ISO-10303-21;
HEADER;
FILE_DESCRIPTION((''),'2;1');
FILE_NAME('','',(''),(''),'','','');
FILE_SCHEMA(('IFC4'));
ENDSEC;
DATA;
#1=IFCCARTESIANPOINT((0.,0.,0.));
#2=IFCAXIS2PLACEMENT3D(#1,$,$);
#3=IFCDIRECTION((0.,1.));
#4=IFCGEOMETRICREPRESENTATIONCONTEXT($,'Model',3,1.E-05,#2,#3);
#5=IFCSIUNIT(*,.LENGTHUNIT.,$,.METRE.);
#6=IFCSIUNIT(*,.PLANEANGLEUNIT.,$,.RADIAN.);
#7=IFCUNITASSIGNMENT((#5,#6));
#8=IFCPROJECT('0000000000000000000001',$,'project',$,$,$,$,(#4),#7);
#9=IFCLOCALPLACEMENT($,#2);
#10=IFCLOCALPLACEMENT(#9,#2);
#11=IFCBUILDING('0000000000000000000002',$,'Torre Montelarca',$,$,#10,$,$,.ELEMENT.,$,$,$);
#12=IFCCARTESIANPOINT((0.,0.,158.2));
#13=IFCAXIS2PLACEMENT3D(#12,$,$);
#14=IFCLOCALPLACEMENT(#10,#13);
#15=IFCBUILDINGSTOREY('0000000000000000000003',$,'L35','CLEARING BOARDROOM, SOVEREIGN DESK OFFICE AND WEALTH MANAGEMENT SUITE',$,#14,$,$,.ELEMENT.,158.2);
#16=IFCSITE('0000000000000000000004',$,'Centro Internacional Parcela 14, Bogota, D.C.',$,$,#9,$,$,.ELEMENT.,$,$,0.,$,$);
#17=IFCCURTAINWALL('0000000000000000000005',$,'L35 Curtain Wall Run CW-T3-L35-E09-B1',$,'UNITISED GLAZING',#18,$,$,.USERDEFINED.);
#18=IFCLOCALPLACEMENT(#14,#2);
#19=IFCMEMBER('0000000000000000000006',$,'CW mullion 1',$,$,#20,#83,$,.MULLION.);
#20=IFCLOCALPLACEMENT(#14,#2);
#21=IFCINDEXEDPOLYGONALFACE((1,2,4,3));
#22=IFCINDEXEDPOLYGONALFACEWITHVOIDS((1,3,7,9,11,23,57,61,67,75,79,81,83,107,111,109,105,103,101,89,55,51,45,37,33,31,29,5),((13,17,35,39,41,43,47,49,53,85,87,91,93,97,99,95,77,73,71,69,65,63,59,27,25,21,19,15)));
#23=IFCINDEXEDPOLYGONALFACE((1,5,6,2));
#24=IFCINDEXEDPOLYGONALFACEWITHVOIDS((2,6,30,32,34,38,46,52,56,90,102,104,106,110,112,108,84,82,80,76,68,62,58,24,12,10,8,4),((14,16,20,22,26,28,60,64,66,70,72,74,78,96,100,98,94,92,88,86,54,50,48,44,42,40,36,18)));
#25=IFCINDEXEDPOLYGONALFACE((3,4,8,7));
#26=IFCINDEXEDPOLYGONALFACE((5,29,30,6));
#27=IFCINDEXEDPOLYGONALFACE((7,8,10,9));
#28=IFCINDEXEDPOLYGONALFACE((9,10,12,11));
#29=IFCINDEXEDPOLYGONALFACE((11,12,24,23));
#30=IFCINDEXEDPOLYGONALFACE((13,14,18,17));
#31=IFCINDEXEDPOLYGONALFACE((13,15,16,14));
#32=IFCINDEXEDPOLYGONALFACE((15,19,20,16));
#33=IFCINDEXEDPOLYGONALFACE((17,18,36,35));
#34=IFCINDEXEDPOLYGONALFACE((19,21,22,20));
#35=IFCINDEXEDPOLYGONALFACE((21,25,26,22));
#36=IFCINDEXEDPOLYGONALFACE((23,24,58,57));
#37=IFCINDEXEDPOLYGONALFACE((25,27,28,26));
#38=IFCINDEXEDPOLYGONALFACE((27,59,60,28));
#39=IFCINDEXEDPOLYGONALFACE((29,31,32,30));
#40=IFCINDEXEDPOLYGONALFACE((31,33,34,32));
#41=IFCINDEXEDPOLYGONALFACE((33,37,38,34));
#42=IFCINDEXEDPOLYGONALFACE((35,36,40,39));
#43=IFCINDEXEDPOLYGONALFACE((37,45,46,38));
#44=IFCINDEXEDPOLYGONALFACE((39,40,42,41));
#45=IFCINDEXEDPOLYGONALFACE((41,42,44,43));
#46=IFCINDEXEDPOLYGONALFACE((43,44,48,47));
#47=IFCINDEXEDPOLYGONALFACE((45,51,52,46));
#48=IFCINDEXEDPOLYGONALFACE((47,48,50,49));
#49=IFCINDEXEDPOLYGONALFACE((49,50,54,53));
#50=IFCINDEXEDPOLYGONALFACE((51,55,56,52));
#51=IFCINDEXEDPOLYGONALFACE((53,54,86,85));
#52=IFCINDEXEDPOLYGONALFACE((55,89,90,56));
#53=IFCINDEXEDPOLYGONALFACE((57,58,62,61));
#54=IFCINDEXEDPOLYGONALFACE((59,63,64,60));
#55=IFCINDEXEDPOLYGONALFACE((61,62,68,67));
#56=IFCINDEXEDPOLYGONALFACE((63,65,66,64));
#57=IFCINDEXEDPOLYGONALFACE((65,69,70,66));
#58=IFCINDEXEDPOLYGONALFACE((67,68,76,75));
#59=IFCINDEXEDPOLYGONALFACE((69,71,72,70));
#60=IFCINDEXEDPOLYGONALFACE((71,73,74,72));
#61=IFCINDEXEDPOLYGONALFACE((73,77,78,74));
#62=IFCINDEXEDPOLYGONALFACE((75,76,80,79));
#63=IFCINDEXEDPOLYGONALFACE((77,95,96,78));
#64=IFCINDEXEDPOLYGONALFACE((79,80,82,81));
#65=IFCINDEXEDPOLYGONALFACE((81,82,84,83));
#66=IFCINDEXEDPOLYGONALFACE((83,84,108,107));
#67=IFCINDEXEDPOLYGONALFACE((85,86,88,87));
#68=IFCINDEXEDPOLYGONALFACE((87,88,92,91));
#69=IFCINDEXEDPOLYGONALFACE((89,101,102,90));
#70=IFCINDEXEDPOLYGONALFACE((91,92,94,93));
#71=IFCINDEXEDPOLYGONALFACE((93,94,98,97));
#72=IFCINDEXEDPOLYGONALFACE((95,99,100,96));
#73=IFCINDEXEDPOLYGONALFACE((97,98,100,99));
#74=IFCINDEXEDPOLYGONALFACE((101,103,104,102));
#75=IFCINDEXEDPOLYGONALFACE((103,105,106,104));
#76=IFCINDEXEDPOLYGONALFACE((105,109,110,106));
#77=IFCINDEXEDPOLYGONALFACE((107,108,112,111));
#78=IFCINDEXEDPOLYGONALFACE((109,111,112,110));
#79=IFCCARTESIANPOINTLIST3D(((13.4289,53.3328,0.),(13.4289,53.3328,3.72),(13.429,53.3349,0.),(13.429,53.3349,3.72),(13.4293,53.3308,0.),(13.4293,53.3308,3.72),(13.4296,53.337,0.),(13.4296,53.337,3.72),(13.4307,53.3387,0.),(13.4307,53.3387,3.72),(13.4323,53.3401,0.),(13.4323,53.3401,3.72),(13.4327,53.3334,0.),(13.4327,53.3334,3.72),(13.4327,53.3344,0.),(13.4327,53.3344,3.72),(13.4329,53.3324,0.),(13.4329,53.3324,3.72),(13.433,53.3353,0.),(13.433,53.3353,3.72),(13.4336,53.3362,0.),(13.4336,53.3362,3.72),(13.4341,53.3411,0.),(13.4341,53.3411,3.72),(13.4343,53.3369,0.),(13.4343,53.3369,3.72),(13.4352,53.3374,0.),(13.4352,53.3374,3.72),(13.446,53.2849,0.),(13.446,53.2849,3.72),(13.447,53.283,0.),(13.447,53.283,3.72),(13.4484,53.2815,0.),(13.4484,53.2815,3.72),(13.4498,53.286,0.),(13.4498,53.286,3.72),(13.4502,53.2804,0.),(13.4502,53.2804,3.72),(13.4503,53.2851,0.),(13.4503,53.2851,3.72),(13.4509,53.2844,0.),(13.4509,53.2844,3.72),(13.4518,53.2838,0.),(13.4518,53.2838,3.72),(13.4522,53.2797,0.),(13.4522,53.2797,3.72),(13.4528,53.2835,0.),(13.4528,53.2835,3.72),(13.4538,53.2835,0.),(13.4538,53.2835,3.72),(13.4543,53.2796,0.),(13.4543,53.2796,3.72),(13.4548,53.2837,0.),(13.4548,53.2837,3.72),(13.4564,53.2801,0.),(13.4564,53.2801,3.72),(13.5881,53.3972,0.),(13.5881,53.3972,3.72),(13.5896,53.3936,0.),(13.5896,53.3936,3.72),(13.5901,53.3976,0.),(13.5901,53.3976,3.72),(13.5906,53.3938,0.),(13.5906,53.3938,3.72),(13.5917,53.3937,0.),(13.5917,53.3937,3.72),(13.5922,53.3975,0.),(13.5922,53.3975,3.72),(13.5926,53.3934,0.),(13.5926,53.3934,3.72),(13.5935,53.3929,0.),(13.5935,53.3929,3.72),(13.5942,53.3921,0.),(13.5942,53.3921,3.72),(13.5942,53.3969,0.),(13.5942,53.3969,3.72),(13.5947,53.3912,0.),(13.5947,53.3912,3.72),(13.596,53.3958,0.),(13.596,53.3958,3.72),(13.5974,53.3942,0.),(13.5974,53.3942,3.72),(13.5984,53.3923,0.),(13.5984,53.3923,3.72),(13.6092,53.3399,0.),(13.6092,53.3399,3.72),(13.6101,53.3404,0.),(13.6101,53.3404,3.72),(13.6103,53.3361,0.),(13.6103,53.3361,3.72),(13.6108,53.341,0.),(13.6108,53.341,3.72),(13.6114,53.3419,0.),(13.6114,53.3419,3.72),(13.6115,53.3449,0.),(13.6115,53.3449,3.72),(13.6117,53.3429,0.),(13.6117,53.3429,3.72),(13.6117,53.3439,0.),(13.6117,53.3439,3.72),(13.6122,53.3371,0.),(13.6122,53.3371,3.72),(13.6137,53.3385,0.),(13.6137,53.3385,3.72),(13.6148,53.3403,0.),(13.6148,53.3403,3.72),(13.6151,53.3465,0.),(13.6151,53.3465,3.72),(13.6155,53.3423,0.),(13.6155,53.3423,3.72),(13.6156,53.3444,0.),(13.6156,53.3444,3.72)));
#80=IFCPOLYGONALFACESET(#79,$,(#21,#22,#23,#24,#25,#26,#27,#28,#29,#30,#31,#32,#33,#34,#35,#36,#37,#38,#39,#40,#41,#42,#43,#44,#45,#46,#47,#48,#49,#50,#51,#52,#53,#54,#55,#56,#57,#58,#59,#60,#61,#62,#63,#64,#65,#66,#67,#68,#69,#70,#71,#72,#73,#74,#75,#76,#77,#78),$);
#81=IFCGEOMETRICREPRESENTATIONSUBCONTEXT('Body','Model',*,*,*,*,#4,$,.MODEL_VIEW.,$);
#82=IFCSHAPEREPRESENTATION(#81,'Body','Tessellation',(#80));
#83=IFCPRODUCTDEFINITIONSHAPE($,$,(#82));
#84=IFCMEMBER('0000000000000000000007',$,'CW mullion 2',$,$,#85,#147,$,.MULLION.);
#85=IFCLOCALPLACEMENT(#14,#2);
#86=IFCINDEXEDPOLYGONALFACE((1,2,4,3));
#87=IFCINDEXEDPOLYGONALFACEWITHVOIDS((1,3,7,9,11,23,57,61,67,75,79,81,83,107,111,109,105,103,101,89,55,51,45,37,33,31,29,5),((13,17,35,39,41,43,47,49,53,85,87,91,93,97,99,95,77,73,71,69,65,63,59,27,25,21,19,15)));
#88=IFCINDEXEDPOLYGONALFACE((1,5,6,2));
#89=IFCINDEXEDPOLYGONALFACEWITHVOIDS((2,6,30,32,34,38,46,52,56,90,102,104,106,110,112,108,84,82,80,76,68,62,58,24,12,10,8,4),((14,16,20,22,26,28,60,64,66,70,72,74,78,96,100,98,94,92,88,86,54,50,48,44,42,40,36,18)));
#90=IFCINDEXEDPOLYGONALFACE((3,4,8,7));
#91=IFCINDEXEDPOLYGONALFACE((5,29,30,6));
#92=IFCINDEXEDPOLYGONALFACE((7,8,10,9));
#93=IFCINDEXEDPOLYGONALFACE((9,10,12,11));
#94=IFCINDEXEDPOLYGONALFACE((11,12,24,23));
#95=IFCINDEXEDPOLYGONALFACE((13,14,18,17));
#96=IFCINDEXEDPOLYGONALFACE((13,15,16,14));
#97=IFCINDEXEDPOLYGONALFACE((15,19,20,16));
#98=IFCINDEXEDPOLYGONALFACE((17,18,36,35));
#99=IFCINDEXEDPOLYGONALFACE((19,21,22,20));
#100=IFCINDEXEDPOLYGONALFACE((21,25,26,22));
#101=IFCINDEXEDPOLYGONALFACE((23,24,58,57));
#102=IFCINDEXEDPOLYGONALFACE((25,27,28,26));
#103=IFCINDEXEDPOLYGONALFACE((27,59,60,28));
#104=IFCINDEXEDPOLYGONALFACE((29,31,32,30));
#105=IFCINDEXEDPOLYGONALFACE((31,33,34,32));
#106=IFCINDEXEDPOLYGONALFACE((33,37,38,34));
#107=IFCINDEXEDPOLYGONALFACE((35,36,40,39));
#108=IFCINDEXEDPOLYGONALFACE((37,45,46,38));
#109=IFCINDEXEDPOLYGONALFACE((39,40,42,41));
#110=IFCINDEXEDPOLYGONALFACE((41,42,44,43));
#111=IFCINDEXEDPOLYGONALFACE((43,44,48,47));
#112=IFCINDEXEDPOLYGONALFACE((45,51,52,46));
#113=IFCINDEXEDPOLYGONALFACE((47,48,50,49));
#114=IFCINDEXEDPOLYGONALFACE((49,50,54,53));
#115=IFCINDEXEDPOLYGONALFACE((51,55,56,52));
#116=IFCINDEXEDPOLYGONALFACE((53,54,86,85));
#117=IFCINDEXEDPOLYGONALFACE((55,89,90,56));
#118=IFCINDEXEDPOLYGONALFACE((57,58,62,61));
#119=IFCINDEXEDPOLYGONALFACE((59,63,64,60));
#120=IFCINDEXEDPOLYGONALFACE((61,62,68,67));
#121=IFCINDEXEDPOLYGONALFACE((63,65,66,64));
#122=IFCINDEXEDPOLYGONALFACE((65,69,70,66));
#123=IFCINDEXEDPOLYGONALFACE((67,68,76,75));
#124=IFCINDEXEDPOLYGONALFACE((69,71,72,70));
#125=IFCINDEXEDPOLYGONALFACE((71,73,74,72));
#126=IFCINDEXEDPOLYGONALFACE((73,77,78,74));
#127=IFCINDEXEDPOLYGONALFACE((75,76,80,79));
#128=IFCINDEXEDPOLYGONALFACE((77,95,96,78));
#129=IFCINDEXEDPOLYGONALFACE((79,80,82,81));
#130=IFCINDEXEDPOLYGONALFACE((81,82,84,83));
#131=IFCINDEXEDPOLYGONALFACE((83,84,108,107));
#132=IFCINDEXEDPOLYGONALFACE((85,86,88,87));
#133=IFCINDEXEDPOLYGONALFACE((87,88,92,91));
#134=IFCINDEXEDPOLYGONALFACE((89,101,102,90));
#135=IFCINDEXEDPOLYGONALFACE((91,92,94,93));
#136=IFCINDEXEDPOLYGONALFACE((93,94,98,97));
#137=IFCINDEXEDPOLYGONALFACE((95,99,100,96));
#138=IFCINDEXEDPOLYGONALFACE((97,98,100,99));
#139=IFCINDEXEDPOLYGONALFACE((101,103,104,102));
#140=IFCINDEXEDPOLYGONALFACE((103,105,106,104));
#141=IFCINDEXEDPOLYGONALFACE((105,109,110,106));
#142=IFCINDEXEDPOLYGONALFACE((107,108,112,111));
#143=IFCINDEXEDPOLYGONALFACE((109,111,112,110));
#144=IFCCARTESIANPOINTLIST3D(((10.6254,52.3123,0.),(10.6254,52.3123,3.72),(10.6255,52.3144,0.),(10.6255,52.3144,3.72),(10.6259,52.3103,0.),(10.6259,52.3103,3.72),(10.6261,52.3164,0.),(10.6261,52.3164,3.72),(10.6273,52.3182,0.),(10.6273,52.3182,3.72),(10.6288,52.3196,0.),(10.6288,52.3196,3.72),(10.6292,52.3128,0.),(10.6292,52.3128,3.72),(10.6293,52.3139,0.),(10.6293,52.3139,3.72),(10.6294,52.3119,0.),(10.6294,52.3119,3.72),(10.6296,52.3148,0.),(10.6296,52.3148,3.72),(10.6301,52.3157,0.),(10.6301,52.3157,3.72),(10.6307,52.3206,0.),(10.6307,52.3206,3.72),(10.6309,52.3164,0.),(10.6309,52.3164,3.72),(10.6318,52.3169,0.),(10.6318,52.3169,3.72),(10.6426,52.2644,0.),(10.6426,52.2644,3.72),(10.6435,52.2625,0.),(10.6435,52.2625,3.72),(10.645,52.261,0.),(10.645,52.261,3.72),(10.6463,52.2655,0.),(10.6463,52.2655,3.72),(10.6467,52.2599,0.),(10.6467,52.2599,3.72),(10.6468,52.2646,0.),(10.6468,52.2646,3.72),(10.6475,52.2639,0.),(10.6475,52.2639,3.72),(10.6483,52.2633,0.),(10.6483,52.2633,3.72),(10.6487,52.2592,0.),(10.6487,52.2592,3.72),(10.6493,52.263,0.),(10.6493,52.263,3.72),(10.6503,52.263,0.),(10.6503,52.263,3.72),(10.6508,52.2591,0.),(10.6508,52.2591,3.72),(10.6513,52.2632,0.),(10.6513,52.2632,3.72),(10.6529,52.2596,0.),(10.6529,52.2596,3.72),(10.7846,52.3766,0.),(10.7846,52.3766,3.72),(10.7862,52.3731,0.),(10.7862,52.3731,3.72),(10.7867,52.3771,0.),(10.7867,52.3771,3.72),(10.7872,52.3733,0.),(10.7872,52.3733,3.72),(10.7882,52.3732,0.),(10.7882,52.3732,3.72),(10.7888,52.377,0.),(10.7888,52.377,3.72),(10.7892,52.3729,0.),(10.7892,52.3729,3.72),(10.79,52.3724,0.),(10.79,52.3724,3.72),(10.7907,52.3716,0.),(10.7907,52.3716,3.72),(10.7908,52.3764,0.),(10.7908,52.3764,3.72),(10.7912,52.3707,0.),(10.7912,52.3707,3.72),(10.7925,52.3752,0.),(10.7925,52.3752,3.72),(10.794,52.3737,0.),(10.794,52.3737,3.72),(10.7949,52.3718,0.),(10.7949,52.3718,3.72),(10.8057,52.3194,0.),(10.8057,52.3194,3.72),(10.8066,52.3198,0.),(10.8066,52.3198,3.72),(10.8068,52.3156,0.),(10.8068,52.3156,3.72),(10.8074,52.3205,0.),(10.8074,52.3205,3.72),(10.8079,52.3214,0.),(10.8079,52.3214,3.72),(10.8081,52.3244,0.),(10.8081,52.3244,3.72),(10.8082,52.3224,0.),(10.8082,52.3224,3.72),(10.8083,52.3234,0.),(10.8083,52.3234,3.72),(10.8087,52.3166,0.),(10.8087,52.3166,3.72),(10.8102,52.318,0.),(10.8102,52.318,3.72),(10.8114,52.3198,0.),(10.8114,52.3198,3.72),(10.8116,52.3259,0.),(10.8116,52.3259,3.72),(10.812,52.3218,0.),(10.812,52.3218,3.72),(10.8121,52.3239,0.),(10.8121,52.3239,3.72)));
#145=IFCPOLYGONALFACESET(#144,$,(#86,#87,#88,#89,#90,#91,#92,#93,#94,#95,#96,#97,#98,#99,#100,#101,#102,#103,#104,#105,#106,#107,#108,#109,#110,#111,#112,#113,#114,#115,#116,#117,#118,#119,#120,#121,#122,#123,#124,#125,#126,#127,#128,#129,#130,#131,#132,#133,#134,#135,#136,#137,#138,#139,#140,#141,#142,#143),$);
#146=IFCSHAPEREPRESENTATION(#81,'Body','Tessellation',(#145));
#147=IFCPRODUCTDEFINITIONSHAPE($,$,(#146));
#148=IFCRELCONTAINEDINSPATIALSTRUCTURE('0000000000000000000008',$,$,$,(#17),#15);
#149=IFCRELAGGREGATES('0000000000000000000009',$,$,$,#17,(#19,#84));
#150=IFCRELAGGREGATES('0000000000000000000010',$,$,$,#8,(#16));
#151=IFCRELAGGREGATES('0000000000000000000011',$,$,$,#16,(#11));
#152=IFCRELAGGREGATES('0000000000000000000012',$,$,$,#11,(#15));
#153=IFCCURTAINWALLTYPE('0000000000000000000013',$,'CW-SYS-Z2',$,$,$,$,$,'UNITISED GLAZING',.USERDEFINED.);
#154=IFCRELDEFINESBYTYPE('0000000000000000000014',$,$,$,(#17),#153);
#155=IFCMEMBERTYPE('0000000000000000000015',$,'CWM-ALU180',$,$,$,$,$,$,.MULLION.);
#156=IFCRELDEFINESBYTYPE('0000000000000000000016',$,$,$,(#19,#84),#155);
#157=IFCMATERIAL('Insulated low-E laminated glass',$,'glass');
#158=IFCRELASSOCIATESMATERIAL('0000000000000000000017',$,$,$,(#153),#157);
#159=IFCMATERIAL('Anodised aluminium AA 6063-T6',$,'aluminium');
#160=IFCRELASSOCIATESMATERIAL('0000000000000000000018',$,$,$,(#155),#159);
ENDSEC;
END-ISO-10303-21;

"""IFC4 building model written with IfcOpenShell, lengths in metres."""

from ifc_helpers import new_model, si_unit, direction, frame, origin, origin_2d, place, context, subcontext, project, spatial, hollow_rectangle, extrude, source, transform, mapped, material, material_profile, profile_set, type_object, element, aggregate, save


model = new_model("IFC4")

# Units and contexts
model_context = context("Model", 3, precision=1e-05, world=origin(), true_north=direction((0.0, 1.0)))
body_context = subcontext(model_context, "Body", "Model", "MODEL_VIEW")
ifc_project = project(units=[si_unit("LENGTHUNIT", "METRE"), si_unit("PLANEANGLEUNIT", "RADIAN")], contexts=[model_context])

# Site, building, storey
site_placement = place(None, origin())
site = spatial("IfcSite", under=ifc_project, at=site_placement, Name="Centro Internacional Parcela 14, Bogota, D.C.", CompositionType="ELEMENT", RefElevation=0.0)
building_placement = place(site_placement, origin())
building = spatial("IfcBuilding", under=site, at=building_placement, Name="Torre Montelarca", CompositionType="ELEMENT")
storey_placement = place(building_placement, frame((0.0, 0.0, 158.2)))
storey = spatial("IfcBuildingStorey", under=building, at=storey_placement, Name="L35", Description="CLEARING BOARDROOM, SOVEREIGN DESK OFFICE AND WEALTH MANAGEMENT SUITE", CompositionType="ELEMENT", Elevation=158.2)

# Curtain wall
ifc_material_1 = material(Name="Insulated low-E laminated glass", Category="glass")
curtain_wall_type = type_object("IfcCurtainWallType", Name="CW-SYS-Z2", ElementType="UNITISED GLAZING", PredefinedType="USERDEFINED", material=ifc_material_1)
curtain_wall_1_placement = place(storey_placement, origin())
curtain_wall_1 = element("IfcCurtainWall", 1, at=curtain_wall_1_placement, inside=storey, type_object=curtain_wall_type, Name="L35 Curtain Wall Run CW-T3-L35-E09-B1", ObjectType="UNITISED GLAZING", PredefinedType="USERDEFINED")
ifc_material_2 = material(Name="Anodised aluminium AA 6063-T6", Category="aluminium")
ifc_material_profile_1 = material_profile(ifc_material_2, hollow_rectangle(XDim=0.0649, YDim=0.1799, WallThickness=0.0039, InnerFilletRadius=0.0039, OuterFilletRadius=0.0081, at=origin_2d()), Name="ALU65X180X4", Category="aluminium")
ifc_profile_set_1 = profile_set([ifc_material_profile_1], Name="Anodised aluminium AA 6063-T6")
member_type_1 = type_object("IfcMemberType", Name="CWM-ALU180", PredefinedType="MULLION", material=ifc_profile_set_1)
shared_shape_1 = source(origin(), body_context, "Body", "SweptSolid", [
    extrude(hollow_rectangle(XDim=0.0649, YDim=0.1799, WallThickness=0.0039, InnerFilletRadius=0.0039, OuterFilletRadius=0.0081, at=origin_2d()), origin(), (0.0, 0.0, 1.0), 3.72),
])

# Members
member_1_placement = place(storey_placement, frame((13.5222, 53.3386, 0.0), z_axis=(0.0, 0.0, 1.0), x_axis=(0.342021, -0.939692, 0.0)))
member_1 = element("IfcMember", 2, at=member_1_placement, type_object=member_type_1, Name="CW mullion 1", PredefinedType="MULLION", context=body_context, shape_type="MappedRepresentation", body=[
    mapped(shared_shape_1, transform((0.0, 0.0, 0.0), scale=1.0)),
])
member_2_placement = place(storey_placement, frame((10.7188, 52.3181, 0.0), z_axis=(0.0, 0.0, 1.0), x_axis=(0.342021, -0.939692, 0.0)))
member_2 = element("IfcMember", 3, at=member_2_placement, type_object=member_type_1, Name="CW mullion 2", PredefinedType="MULLION", context=body_context, shape_type="MappedRepresentation", body=[
    mapped(shared_shape_1, transform((0.0, 0.0, 0.0), scale=1.0)),
])

aggregate(curtain_wall_1, [member_1, member_2])

save(model, "model.ifc")
